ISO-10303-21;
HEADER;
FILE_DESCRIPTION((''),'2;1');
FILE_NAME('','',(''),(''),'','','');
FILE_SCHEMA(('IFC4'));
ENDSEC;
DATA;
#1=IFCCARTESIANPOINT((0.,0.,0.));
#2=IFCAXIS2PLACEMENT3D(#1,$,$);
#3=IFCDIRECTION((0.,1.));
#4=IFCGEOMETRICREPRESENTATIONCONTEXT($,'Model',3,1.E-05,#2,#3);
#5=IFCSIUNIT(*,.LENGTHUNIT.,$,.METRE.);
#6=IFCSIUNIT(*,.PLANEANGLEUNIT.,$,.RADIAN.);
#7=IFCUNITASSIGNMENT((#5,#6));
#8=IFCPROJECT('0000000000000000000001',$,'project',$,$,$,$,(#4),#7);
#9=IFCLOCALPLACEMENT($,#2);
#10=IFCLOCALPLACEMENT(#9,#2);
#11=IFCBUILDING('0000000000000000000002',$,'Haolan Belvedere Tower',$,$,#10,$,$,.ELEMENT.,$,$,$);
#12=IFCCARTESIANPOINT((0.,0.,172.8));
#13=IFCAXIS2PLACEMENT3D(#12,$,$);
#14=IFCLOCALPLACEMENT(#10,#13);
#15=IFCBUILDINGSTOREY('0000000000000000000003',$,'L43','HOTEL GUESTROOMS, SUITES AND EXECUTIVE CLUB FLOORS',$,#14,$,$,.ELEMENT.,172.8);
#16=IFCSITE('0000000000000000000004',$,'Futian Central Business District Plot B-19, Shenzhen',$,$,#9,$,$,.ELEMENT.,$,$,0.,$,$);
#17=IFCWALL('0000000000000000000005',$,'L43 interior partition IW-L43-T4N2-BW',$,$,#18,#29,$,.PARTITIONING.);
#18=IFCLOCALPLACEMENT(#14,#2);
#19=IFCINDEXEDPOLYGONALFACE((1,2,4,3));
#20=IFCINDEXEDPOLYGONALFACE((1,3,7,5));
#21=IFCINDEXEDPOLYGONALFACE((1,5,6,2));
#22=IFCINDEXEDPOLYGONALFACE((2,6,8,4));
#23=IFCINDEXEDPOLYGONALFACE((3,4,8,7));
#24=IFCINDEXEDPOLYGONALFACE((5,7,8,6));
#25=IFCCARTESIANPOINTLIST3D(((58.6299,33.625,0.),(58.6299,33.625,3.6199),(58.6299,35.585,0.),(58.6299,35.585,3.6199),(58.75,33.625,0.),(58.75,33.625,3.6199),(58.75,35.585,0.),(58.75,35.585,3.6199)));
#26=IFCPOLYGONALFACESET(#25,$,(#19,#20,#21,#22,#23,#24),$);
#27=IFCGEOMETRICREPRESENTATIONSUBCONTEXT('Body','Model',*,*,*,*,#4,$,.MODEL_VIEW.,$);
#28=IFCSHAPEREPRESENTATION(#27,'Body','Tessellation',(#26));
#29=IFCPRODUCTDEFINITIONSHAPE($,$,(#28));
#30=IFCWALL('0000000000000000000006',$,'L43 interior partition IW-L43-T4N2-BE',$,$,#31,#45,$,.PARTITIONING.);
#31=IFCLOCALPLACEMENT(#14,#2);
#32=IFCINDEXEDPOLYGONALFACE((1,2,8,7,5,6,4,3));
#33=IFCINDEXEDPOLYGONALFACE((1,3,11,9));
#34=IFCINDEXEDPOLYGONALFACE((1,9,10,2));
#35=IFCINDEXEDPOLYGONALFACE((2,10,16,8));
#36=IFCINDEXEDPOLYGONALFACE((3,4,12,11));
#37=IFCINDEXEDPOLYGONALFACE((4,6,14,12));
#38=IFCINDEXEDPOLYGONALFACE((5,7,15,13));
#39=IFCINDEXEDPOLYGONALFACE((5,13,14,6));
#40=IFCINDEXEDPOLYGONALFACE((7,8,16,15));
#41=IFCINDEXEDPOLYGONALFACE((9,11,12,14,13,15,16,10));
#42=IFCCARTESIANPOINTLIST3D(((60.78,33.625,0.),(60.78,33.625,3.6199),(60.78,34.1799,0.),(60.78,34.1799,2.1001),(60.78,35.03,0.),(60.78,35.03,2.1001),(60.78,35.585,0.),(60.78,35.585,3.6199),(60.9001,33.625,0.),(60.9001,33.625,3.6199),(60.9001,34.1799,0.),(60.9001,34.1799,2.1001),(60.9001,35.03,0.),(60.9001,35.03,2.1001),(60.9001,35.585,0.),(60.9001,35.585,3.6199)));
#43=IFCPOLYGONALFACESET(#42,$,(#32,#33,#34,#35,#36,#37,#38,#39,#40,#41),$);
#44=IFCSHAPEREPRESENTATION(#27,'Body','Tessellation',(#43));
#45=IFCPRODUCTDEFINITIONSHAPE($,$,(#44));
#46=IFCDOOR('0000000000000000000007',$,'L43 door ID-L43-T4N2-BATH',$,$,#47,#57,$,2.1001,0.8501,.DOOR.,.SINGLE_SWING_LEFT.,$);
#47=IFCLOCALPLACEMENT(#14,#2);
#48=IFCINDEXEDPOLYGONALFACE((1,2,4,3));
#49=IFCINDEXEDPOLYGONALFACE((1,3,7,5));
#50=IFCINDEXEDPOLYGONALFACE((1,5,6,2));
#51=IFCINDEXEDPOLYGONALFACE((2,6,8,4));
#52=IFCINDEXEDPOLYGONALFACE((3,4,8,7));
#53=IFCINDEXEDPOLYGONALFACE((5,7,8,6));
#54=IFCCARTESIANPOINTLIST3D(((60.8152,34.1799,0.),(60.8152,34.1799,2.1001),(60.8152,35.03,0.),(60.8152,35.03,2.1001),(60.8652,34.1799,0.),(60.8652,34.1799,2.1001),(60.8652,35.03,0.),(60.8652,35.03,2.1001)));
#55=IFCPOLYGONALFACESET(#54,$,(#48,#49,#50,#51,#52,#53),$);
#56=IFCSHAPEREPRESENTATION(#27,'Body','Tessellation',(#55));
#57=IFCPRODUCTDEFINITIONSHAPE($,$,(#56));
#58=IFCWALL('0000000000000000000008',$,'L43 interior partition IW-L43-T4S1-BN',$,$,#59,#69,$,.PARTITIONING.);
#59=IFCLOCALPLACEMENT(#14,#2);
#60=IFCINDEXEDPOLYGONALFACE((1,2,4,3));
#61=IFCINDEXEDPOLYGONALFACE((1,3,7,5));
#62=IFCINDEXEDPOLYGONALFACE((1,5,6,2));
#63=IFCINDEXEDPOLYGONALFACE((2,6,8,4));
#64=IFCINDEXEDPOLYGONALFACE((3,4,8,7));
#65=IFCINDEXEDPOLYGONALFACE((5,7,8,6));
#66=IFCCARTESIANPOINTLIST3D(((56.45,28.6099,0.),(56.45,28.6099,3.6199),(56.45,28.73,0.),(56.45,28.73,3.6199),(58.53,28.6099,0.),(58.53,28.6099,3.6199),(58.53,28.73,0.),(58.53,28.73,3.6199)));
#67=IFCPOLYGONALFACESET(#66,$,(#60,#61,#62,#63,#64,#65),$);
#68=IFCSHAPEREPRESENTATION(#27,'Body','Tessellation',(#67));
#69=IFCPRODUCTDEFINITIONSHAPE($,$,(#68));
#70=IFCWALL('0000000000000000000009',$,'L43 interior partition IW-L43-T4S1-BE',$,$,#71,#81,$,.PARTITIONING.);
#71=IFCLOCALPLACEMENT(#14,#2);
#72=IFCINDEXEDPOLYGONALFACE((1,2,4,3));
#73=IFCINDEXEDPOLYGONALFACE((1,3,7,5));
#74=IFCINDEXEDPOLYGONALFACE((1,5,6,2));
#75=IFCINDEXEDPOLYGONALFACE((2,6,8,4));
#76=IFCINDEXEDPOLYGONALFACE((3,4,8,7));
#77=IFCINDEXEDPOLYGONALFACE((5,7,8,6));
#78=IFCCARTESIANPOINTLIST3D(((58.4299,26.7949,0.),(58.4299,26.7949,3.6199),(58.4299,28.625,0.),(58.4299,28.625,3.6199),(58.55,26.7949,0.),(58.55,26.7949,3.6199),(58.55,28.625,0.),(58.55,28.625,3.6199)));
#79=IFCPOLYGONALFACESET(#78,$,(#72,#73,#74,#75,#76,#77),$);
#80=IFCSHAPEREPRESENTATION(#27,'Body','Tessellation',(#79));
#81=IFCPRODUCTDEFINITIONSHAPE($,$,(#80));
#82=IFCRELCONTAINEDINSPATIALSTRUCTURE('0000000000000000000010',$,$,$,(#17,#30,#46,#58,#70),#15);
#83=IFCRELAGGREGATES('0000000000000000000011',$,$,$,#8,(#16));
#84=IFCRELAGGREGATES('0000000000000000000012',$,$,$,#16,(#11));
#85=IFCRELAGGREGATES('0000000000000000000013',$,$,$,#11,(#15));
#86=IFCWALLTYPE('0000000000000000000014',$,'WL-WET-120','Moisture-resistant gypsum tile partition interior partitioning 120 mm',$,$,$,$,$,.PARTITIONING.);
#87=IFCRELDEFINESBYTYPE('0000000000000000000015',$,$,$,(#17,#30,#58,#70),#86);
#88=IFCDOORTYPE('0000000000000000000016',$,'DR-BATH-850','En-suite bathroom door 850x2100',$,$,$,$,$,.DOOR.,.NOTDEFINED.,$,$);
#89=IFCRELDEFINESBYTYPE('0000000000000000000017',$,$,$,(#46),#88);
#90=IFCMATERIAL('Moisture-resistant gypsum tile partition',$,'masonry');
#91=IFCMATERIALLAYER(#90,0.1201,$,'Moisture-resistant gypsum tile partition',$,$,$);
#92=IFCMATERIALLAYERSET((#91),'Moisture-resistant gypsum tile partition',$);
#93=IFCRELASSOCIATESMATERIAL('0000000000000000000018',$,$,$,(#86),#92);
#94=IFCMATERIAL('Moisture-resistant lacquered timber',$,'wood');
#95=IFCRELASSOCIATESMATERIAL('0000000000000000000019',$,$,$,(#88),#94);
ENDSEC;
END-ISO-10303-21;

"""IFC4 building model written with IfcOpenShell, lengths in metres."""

from ifc_helpers import new_model, si_unit, direction, frame, frame_2d, origin, place, context, subcontext, project, spatial, rectangle, extrude, material, layer, layer_set, type_object, element, fill, save


model = new_model("IFC4")

# Units and contexts
model_context = context("Model", 3, precision=1e-05, world=origin(), true_north=direction((0.0, 1.0)))
body_context = subcontext(model_context, "Body", "Model", "MODEL_VIEW")
ifc_project = project(units=[si_unit("LENGTHUNIT", "METRE"), si_unit("PLANEANGLEUNIT", "RADIAN")], contexts=[model_context])

# Site, building, storey
site_placement = place(None, origin())
site = spatial("IfcSite", under=ifc_project, at=site_placement, Name="Futian Central Business District Plot B-19, Shenzhen", CompositionType="ELEMENT", RefElevation=0.0)
building_placement = place(site_placement, origin())
building = spatial("IfcBuilding", under=site, at=building_placement, Name="Haolan Belvedere Tower", CompositionType="ELEMENT")
storey_placement = place(building_placement, frame((0.0, 0.0, 172.8)))
storey = spatial("IfcBuildingStorey", under=building, at=storey_placement, Name="L43", Description="HOTEL GUESTROOMS, SUITES AND EXECUTIVE CLUB FLOORS", CompositionType="ELEMENT", Elevation=172.8)

# Shared definitions
ifc_material_1 = material(Name="Moisture-resistant gypsum tile partition", Category="masonry")
ifc_layer_1 = layer(ifc_material_1, 0.1201, Name="Moisture-resistant gypsum tile partition")
ifc_layer_set_1 = layer_set([ifc_layer_1], Name="Moisture-resistant gypsum tile partition")
wall_type_1 = type_object("IfcWallType", Name="WL-WET-120", Description="Moisture-resistant gypsum tile partition interior partitioning 120 mm", PredefinedType="PARTITIONING", material=ifc_layer_set_1)

# Shared definitions
ifc_material_2 = material(Name="Moisture-resistant lacquered timber", Category="wood")
door_type_1 = type_object("IfcDoorType", Name="DR-BATH-850", Description="En-suite bathroom door 850x2100", OperationType="NOTDEFINED", PredefinedType="DOOR", material=ifc_material_2)

# Wall
wall_1_placement = place(storey_placement, frame((58.6899, 33.625, 0.0), z_axis=(0.0, 0.0, 1.0), x_axis=(0.0, 1.0, 0.0)))
element("IfcWall", 1, at=wall_1_placement, inside=storey, type_object=wall_type_1, Name="L43 interior partition IW-L43-T4N2-BW", PredefinedType="PARTITIONING", context=body_context, shape_type="SweptSolid", body=[
    extrude(rectangle(XDim=1.96, YDim=0.1201, at=frame_2d((0.98, 0.0))), origin(), (0.0, 0.0, 1.0), 3.6199),
])

# Wall, opening, door
wall_2_placement = place(storey_placement, frame((60.8401, 33.625, 0.0), z_axis=(0.0, 0.0, 1.0), x_axis=(0.0, 1.0, 0.0)))
wall_2 = element("IfcWall", 2, at=wall_2_placement, inside=storey, type_object=wall_type_1, Name="L43 interior partition IW-L43-T4N2-BE", PredefinedType="PARTITIONING", context=body_context, shape_type="SweptSolid", body=[
    extrude(rectangle(XDim=1.96, YDim=0.1201, at=frame_2d((0.98, 0.0))), origin(), (0.0, 0.0, 1.0), 3.6199),
])
opening_1_placement = place(wall_2_placement, frame((0.5549, 0.0, 0.0)))
opening_1 = element("IfcOpeningElement", 3, at=opening_1_placement, cuts=wall_2, PredefinedType="OPENING", context=body_context, shape_type="SweptSolid", body=[
    extrude(rectangle(XDim=0.8501, YDim=2.1001, at=frame_2d((0.425, 1.05))), frame((0.0, 0.0701, 0.0), z_axis=(0.0, -1.0, 0.0), x_axis=(1.0, 0.0, 0.0)), (0.0, 0.0, 1.0), 0.1401),
])
door_1_placement = place(opening_1_placement, origin())
door_1 = element("IfcDoor", 4, at=door_1_placement, inside=storey, type_object=door_type_1, Name="L43 door ID-L43-T4N2-BATH", OperationType="SINGLE_SWING_LEFT", OverallHeight=2.1001, OverallWidth=0.8501, PredefinedType="DOOR", context=body_context, shape_type="SweptSolid", body=[
    extrude(rectangle(XDim=0.8501, YDim=2.1001, at=frame_2d((0.425, 1.05))), frame((0.0, 0.0249, 0.0), z_axis=(0.0, -1.0, 0.0), x_axis=(1.0, 0.0, 0.0)), (0.0, 0.0, 1.0), 0.05),
])
fill(opening_1, door_1)

# Walls
wall_3_placement = place(storey_placement, frame((56.45, 28.6699, 0.0), z_axis=(0.0, 0.0, 1.0), x_axis=(1.0, 0.0, 0.0)))
element("IfcWall", 5, at=wall_3_placement, inside=storey, type_object=wall_type_1, Name="L43 interior partition IW-L43-T4S1-BN", PredefinedType="PARTITIONING", context=body_context, shape_type="SweptSolid", body=[
    extrude(rectangle(XDim=2.0801, YDim=0.1201, at=frame_2d((1.04, 0.0))), origin(), (0.0, 0.0, 1.0), 3.6199),
])
wall_4_placement = place(storey_placement, frame((58.49, 26.7949, 0.0), z_axis=(0.0, 0.0, 1.0), x_axis=(0.0, 1.0, 0.0)))
element("IfcWall", 6, at=wall_4_placement, inside=storey, type_object=wall_type_1, Name="L43 interior partition IW-L43-T4S1-BE", PredefinedType="PARTITIONING", context=body_context, shape_type="SweptSolid", body=[
    extrude(rectangle(XDim=1.8301, YDim=0.1201, at=frame_2d((0.915, 0.0))), origin(), (0.0, 0.0, 1.0), 3.6199),
])

save(model, "model.ifc")
